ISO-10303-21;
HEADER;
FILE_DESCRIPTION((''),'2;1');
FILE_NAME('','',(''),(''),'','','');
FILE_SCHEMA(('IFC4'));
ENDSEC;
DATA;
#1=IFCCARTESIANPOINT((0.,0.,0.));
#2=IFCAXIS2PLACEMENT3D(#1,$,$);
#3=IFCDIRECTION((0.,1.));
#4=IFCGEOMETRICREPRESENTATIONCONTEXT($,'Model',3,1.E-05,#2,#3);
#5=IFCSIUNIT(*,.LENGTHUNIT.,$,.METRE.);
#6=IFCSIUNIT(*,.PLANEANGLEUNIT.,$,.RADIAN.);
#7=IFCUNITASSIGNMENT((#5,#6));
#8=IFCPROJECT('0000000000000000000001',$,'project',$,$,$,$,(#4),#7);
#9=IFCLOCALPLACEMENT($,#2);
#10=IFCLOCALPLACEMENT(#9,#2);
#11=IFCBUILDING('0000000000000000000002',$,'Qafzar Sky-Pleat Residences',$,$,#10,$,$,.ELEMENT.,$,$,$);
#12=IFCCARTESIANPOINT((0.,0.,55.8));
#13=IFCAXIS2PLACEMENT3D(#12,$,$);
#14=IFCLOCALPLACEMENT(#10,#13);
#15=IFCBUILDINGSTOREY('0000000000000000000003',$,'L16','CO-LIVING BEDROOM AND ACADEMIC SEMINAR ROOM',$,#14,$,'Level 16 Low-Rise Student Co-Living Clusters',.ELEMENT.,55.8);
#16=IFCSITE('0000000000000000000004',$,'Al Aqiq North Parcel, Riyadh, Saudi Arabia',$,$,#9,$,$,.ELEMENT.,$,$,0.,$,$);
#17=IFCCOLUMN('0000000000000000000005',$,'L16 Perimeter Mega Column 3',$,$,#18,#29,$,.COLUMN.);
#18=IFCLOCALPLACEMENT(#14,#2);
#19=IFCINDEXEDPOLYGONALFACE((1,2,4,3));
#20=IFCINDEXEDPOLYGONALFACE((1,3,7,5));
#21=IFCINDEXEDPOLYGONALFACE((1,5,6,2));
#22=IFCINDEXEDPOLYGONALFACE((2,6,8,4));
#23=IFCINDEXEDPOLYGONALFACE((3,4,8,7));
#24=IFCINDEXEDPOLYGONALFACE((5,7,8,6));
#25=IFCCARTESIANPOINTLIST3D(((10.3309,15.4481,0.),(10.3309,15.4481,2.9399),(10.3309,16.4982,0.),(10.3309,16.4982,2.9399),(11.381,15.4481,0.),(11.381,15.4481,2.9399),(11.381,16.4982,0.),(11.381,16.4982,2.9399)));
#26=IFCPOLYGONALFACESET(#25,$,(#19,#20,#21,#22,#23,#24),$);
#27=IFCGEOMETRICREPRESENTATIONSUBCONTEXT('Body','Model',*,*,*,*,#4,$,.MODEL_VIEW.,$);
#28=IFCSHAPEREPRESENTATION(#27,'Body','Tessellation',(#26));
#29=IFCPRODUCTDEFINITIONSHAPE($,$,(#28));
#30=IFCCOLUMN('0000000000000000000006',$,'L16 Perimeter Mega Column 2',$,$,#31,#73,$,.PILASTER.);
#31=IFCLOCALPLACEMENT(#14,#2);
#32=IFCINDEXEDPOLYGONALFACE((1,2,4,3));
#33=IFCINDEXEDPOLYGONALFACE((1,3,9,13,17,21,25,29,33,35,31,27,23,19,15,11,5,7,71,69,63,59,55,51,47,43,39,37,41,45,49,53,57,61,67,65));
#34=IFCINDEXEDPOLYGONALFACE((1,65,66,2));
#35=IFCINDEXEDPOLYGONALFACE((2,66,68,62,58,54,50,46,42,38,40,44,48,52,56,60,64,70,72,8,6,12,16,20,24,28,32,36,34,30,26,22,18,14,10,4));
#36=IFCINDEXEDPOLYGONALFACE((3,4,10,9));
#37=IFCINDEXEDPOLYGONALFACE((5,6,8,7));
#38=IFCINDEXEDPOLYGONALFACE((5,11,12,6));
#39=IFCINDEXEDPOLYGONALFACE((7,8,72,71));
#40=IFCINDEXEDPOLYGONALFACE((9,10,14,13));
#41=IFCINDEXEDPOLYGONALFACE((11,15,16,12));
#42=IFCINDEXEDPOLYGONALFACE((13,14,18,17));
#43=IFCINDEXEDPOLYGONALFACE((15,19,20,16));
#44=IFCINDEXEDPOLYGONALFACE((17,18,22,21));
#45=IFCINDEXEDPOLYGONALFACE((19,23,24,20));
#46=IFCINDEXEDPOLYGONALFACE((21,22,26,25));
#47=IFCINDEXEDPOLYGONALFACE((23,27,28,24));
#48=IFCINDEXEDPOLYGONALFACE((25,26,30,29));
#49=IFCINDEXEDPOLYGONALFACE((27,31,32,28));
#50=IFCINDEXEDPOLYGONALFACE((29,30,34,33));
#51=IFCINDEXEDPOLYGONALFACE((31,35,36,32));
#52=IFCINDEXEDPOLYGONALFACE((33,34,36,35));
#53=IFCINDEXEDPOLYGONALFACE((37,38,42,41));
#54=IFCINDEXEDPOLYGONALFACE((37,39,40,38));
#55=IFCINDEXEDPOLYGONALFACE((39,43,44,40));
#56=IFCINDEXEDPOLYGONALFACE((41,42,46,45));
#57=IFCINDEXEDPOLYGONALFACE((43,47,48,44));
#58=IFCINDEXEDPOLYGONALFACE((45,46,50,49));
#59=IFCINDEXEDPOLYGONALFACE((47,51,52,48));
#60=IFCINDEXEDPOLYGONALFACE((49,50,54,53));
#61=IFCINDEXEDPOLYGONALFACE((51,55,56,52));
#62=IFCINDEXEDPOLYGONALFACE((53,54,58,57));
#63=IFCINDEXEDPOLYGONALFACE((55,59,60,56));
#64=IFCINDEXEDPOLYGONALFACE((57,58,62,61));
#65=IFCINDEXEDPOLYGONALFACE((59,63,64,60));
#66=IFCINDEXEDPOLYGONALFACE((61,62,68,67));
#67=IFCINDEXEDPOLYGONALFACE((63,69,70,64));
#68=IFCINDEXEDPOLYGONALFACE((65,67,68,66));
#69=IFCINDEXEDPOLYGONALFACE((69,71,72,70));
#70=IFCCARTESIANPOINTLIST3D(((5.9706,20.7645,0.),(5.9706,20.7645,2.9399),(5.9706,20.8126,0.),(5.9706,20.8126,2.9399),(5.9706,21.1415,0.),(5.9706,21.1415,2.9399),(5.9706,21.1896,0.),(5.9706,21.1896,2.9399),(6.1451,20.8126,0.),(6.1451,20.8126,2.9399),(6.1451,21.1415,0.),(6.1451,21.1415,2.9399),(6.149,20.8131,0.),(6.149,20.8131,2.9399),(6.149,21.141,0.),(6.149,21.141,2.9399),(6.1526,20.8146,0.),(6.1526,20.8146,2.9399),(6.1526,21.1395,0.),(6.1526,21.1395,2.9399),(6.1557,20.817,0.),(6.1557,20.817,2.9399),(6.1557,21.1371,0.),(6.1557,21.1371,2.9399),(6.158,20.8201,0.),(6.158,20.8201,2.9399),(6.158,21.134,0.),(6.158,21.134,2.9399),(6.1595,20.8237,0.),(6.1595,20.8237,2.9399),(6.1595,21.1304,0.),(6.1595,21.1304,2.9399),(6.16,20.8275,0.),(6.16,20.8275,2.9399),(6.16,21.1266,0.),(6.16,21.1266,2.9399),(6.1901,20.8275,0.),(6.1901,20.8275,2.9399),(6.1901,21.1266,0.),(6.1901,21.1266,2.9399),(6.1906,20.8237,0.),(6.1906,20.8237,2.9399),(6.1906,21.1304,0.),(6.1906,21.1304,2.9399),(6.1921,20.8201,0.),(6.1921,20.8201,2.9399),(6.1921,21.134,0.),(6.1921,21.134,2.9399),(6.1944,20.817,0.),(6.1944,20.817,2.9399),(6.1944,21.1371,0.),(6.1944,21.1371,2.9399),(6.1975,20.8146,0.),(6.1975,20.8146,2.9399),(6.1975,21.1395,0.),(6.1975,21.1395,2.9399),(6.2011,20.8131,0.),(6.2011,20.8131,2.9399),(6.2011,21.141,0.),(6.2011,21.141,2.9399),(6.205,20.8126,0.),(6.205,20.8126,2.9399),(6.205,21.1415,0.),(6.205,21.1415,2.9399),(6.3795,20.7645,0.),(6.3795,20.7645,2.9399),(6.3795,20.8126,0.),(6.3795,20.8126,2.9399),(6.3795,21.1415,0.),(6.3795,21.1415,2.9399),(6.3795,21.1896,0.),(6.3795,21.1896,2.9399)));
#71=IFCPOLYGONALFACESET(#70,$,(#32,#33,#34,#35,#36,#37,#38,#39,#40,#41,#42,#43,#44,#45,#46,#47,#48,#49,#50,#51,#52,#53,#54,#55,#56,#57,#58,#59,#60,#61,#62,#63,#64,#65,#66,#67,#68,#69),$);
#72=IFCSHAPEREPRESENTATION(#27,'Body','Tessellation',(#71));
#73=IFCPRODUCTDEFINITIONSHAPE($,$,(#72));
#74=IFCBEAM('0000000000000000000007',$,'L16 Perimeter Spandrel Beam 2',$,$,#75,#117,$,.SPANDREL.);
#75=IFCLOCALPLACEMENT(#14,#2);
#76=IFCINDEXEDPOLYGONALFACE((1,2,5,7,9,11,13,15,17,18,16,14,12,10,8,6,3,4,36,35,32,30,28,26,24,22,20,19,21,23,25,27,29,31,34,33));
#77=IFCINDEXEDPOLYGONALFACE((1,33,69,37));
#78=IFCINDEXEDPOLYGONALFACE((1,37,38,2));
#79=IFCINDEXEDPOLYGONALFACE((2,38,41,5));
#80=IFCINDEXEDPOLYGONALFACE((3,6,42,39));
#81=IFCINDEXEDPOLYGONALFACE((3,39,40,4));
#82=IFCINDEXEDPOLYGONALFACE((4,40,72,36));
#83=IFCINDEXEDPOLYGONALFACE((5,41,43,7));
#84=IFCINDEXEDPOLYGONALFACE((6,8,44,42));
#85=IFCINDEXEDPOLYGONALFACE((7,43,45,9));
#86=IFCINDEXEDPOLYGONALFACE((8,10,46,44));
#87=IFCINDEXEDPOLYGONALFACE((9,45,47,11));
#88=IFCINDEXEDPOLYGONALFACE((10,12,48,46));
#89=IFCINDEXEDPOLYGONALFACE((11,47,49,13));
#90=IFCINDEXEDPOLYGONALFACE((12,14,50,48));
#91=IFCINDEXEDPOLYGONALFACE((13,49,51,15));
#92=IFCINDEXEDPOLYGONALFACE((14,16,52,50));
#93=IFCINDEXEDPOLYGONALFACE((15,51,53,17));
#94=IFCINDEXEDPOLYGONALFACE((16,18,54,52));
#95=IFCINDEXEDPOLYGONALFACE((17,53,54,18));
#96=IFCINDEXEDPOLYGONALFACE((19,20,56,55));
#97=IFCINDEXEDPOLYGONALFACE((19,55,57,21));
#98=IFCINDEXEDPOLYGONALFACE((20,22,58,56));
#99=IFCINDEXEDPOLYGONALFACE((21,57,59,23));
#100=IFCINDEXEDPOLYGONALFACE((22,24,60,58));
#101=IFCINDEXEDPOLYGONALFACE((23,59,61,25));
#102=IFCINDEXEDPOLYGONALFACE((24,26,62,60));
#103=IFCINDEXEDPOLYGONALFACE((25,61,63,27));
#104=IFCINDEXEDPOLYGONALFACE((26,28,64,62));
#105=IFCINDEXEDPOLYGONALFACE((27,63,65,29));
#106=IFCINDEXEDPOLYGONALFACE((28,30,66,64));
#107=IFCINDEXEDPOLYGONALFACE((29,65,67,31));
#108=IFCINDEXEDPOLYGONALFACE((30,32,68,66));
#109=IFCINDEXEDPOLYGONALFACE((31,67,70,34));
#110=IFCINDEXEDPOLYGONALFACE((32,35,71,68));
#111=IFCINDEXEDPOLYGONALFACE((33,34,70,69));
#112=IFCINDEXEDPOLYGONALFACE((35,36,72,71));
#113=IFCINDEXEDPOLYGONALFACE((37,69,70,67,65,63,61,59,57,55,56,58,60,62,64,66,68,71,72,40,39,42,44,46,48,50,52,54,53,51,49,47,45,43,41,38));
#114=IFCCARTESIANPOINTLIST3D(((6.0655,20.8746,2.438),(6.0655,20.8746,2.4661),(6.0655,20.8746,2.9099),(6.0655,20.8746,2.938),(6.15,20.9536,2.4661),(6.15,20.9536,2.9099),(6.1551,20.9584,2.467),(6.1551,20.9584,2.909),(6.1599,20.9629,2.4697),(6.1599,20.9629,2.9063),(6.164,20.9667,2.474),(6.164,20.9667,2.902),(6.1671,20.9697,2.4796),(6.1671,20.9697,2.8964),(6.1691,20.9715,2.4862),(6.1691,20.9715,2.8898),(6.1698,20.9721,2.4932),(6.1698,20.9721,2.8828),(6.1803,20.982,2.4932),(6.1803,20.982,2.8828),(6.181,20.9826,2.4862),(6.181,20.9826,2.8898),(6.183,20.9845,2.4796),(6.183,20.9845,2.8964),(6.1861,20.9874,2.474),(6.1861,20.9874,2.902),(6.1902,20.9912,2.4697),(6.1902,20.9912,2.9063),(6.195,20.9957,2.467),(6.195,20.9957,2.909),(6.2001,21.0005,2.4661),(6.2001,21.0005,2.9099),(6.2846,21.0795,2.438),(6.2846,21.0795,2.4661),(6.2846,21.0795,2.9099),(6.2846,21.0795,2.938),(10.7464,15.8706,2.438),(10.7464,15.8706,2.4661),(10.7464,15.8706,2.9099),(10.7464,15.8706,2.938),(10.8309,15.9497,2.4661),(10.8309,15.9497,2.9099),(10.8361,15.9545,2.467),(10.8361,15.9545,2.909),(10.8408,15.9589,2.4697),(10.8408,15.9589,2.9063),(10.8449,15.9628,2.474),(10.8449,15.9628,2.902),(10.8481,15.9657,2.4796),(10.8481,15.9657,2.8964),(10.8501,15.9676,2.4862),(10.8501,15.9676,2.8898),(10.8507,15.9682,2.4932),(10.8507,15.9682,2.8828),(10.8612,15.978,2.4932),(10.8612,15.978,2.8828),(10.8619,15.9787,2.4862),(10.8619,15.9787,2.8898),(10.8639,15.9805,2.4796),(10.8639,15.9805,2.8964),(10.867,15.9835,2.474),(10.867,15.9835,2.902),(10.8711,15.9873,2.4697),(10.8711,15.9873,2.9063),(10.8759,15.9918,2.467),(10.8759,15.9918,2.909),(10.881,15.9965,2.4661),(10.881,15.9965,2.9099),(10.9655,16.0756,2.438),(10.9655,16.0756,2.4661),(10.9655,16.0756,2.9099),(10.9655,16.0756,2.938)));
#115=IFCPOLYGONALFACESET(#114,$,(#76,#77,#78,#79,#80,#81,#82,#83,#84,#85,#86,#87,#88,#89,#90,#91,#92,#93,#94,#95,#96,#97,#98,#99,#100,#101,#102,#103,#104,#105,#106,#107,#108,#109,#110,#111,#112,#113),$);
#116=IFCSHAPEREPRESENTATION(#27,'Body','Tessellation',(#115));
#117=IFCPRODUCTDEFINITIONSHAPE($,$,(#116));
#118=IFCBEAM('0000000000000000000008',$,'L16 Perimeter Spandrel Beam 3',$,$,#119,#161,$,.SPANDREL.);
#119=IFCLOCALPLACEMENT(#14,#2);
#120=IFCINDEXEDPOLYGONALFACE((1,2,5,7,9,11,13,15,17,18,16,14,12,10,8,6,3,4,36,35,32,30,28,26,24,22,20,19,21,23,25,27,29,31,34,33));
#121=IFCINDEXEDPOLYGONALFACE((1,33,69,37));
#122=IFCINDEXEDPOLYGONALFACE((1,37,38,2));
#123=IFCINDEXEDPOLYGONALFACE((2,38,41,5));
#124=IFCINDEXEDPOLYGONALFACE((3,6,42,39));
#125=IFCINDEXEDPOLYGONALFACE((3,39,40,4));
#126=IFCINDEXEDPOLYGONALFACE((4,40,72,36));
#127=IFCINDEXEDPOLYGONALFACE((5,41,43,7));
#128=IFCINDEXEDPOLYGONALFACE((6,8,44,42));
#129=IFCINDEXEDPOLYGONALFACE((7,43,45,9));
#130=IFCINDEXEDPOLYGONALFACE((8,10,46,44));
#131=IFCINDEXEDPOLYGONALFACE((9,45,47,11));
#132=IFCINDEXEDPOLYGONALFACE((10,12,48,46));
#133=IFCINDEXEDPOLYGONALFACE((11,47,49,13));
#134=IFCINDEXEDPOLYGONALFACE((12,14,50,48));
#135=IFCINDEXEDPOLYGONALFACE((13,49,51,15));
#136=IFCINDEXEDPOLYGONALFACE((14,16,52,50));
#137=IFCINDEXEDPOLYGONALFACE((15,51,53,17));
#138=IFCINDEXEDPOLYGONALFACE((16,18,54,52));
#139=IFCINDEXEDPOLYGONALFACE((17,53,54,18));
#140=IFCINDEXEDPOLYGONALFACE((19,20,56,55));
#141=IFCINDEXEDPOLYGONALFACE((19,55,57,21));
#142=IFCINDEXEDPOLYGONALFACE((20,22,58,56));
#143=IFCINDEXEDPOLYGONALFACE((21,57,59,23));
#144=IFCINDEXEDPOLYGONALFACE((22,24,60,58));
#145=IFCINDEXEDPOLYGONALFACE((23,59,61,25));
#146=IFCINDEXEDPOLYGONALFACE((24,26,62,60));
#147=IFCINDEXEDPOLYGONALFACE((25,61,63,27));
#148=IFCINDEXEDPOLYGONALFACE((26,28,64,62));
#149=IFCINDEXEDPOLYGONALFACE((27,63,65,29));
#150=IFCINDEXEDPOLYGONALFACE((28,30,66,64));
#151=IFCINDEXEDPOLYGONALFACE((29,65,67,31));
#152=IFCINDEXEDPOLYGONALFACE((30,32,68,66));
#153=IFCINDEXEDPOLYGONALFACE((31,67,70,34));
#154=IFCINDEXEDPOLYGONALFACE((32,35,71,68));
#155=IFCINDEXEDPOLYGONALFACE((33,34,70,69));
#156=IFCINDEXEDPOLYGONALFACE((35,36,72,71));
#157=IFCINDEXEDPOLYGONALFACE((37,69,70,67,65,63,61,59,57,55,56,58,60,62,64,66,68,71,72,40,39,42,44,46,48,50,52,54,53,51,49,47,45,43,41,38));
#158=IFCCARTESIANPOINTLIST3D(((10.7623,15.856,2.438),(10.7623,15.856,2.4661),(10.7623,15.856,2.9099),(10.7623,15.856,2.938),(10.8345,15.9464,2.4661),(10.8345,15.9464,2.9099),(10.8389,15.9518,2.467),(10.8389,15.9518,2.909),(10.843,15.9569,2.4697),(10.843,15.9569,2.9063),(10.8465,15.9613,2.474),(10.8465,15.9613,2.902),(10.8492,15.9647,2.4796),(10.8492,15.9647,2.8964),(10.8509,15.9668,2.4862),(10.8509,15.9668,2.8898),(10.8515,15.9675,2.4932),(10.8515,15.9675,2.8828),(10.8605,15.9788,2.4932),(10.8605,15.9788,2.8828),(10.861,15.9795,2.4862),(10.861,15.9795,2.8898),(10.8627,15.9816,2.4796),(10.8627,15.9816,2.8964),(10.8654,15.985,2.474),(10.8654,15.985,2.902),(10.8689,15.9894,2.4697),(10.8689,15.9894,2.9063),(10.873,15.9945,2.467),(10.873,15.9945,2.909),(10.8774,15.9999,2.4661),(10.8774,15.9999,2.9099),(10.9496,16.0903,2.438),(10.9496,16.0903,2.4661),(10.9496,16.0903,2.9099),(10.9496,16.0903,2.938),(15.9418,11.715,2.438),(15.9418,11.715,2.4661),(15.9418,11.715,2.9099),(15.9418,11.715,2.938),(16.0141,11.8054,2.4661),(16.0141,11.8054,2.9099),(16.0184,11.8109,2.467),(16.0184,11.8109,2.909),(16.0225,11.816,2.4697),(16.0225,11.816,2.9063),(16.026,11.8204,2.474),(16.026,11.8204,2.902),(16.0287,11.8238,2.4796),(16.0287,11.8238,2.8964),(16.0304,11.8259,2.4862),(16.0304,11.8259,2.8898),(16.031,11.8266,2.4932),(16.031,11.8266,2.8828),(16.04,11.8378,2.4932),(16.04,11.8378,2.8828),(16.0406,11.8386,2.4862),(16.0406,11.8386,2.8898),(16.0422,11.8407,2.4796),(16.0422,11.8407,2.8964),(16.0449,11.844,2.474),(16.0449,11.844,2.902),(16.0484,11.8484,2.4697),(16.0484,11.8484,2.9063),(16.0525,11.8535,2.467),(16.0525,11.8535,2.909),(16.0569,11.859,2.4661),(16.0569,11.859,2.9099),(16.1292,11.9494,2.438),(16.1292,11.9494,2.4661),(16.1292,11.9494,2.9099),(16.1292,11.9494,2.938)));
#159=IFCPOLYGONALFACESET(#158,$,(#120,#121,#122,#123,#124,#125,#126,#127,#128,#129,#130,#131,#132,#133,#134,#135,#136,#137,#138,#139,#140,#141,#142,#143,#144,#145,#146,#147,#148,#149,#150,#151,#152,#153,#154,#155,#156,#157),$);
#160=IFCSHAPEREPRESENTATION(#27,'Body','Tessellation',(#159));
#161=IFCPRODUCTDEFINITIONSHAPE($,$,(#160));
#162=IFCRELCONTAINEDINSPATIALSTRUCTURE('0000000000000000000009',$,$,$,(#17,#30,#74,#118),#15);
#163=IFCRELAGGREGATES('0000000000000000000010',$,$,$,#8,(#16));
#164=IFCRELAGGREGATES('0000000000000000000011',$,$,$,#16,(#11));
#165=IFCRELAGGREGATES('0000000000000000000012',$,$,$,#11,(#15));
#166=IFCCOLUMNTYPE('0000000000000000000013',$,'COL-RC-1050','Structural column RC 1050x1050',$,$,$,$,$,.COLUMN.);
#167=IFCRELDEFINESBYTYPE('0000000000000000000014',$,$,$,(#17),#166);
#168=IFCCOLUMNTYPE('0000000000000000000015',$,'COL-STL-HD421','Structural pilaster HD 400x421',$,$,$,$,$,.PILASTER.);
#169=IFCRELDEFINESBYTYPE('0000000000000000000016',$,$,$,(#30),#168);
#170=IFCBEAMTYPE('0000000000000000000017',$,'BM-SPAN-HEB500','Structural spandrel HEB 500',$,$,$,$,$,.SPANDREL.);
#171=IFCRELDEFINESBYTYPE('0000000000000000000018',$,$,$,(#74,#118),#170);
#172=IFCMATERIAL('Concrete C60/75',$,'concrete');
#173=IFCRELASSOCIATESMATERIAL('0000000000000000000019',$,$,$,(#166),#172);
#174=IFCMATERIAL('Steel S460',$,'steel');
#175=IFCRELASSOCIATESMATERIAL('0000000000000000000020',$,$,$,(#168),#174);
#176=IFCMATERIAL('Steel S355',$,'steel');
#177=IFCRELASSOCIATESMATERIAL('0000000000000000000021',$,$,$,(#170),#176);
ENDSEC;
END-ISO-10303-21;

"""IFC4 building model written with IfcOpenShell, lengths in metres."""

from ifc_helpers import new_model, si_unit, direction, frame, origin, origin_2d, place, context, subcontext, project, spatial, rectangle, i_section, extrude, source, transform, mapped, material, material_profile, profile_set, type_object, element, save


model = new_model("IFC4")

# Units and contexts
model_context = context("Model", 3, precision=1e-05, world=origin(), true_north=direction((0.0, 1.0)))
body_context = subcontext(model_context, "Body", "Model", "MODEL_VIEW")
ifc_project = project(units=[si_unit("LENGTHUNIT", "METRE"), si_unit("PLANEANGLEUNIT", "RADIAN")], contexts=[model_context])

# Site, building, storey
site_placement = place(None, origin())
site = spatial("IfcSite", under=ifc_project, at=site_placement, Name="Al Aqiq North Parcel, Riyadh, Saudi Arabia", CompositionType="ELEMENT", RefElevation=0.0)
building_placement = place(site_placement, origin())
building = spatial("IfcBuilding", under=site, at=building_placement, Name="Qafzar Sky-Pleat Residences", CompositionType="ELEMENT")
storey_placement = place(building_placement, frame((0.0, 0.0, 55.8)))
storey = spatial("IfcBuildingStorey", under=building, at=storey_placement, Name="L16", Description="CO-LIVING BEDROOM AND ACADEMIC SEMINAR ROOM", LongName="Level 16 Low-Rise Student Co-Living Clusters", CompositionType="ELEMENT", Elevation=55.8)

# Columns
ifc_material_1 = material(Name="Concrete C60/75", Category="concrete")
ifc_material_profile_1 = material_profile(ifc_material_1, rectangle(XDim=1.05, YDim=1.05, at=origin_2d()), Name="RC 1050x1050")
ifc_profile_set_1 = profile_set([ifc_material_profile_1], Name="Concrete C60/75")
column_type_1 = type_object("IfcColumnType", Name="COL-RC-1050", Description="Structural column RC 1050x1050", PredefinedType="COLUMN", material=ifc_profile_set_1)
shared_shape_1 = source(origin(), body_context, "Body", "SweptSolid", [
    extrude(rectangle(XDim=1.05, YDim=1.05, at=origin_2d()), origin(), (0.0, 0.0, 1.0), 2.9399),
])
column_1_placement = place(storey_placement, frame((10.856, 15.9731, 0.0), z_axis=(0.0, 0.0, 1.0), x_axis=(1.0, 0.0, 0.0)))
element("IfcColumn", 1, at=column_1_placement, inside=storey, type_object=column_type_1, Name="L16 Perimeter Mega Column 3", PredefinedType="COLUMN", context=body_context, shape_type="MappedRepresentation", body=[
    mapped(shared_shape_1, transform((0.0, 0.0, 0.0), x_axis=(1.0, 0.0, 0.0), y_axis=(0.0, 1.0, 0.0), z_axis=(0.0, 0.0, 1.0), scale=1.0)),
])
ifc_material_2 = material(Name="Steel S460", Category="steel")
ifc_material_profile_2 = material_profile(ifc_material_2, i_section(OverallWidth=0.4089, OverallDepth=0.425, WebThickness=0.03, FlangeThickness=0.0481, FilletRadius=0.0149, at=origin_2d()), Name="HD 400x421")
ifc_profile_set_2 = profile_set([ifc_material_profile_2], Name="Steel S460")
column_type_2 = type_object("IfcColumnType", Name="COL-STL-HD421", Description="Structural pilaster HD 400x421", PredefinedType="PILASTER", material=ifc_profile_set_2)
shared_shape_2 = source(origin(), body_context, "Body", "SweptSolid", [
    extrude(i_section(OverallWidth=0.4089, OverallDepth=0.425, WebThickness=0.03, FlangeThickness=0.0481, FilletRadius=0.0149, at=origin_2d()), origin(), (0.0, 0.0, 1.0), 2.9399),
])
column_2_placement = place(storey_placement, frame((6.175, 20.9771, 0.0), z_axis=(0.0, 0.0, 1.0), x_axis=(1.0, 0.0, 0.0)))
element("IfcColumn", 2, at=column_2_placement, inside=storey, type_object=column_type_2, Name="L16 Perimeter Mega Column 2", PredefinedType="PILASTER", context=body_context, shape_type="MappedRepresentation", body=[
    mapped(shared_shape_2, transform((0.0, 0.0, 0.0), x_axis=(1.0, 0.0, 0.0), y_axis=(0.0, 1.0, 0.0), z_axis=(0.0, 0.0, 1.0), scale=1.0)),
])

# Beams
ifc_material_3 = material(Name="Steel S355", Category="steel")
ifc_material_profile_3 = material_profile(ifc_material_3, i_section(OverallWidth=0.3, OverallDepth=0.5, WebThickness=0.0144, FlangeThickness=0.0281, FilletRadius=0.0271, at=origin_2d()), Name="HEB 500")
ifc_profile_set_3 = profile_set([ifc_material_profile_3], Name="Steel S355")
beam_type_1 = type_object("IfcBeamType", Name="BM-SPAN-HEB500", Description="Structural spandrel HEB 500", PredefinedType="SPANDREL", material=ifc_profile_set_3)
shared_shape_3 = source(origin(), body_context, "Body", "SweptSolid", [
    extrude(i_section(OverallWidth=0.3, OverallDepth=0.5, WebThickness=0.0144, FlangeThickness=0.0281, FilletRadius=0.0271, at=origin_2d()), origin(), (0.0, 0.0, 1.0), 6.8521),
])
beam_1_placement = place(storey_placement, frame((6.175, 20.9771, 2.688), z_axis=(0.683144, -0.730283, 0.0), x_axis=(0.730283, 0.683144, 0.0)))
element("IfcBeam", 3, at=beam_1_placement, inside=storey, type_object=beam_type_1, Name="L16 Perimeter Spandrel Beam 2", PredefinedType="SPANDREL", context=body_context, shape_type="MappedRepresentation", body=[
    mapped(shared_shape_3, transform((0.0, 0.0, 0.0), x_axis=(1.0, 0.0, 0.0), y_axis=(0.0, 1.0, 0.0), z_axis=(0.0, 0.0, 1.0), scale=1.0)),
])
shared_shape_4 = source(origin(), body_context, "Body", "SweptSolid", [
    extrude(i_section(OverallWidth=0.3, OverallDepth=0.5, WebThickness=0.0144, FlangeThickness=0.0281, FilletRadius=0.0271, at=origin_2d()), origin(), (0.0, 0.0, 1.0), 6.6313),
])
beam_2_placement = place(storey_placement, frame((10.856, 15.9731, 2.688), z_axis=(0.781066, -0.624448, 0.0), x_axis=(0.624448, 0.781066, 0.0)))
element("IfcBeam", 4, at=beam_2_placement, inside=storey, type_object=beam_type_1, Name="L16 Perimeter Spandrel Beam 3", PredefinedType="SPANDREL", context=body_context, shape_type="MappedRepresentation", body=[
    mapped(shared_shape_4, transform((0.0, 0.0, 0.0), x_axis=(1.0, 0.0, 0.0), y_axis=(0.0, 1.0, 0.0), z_axis=(0.0, 0.0, 1.0), scale=1.0)),
])

save(model, "model.ifc")
